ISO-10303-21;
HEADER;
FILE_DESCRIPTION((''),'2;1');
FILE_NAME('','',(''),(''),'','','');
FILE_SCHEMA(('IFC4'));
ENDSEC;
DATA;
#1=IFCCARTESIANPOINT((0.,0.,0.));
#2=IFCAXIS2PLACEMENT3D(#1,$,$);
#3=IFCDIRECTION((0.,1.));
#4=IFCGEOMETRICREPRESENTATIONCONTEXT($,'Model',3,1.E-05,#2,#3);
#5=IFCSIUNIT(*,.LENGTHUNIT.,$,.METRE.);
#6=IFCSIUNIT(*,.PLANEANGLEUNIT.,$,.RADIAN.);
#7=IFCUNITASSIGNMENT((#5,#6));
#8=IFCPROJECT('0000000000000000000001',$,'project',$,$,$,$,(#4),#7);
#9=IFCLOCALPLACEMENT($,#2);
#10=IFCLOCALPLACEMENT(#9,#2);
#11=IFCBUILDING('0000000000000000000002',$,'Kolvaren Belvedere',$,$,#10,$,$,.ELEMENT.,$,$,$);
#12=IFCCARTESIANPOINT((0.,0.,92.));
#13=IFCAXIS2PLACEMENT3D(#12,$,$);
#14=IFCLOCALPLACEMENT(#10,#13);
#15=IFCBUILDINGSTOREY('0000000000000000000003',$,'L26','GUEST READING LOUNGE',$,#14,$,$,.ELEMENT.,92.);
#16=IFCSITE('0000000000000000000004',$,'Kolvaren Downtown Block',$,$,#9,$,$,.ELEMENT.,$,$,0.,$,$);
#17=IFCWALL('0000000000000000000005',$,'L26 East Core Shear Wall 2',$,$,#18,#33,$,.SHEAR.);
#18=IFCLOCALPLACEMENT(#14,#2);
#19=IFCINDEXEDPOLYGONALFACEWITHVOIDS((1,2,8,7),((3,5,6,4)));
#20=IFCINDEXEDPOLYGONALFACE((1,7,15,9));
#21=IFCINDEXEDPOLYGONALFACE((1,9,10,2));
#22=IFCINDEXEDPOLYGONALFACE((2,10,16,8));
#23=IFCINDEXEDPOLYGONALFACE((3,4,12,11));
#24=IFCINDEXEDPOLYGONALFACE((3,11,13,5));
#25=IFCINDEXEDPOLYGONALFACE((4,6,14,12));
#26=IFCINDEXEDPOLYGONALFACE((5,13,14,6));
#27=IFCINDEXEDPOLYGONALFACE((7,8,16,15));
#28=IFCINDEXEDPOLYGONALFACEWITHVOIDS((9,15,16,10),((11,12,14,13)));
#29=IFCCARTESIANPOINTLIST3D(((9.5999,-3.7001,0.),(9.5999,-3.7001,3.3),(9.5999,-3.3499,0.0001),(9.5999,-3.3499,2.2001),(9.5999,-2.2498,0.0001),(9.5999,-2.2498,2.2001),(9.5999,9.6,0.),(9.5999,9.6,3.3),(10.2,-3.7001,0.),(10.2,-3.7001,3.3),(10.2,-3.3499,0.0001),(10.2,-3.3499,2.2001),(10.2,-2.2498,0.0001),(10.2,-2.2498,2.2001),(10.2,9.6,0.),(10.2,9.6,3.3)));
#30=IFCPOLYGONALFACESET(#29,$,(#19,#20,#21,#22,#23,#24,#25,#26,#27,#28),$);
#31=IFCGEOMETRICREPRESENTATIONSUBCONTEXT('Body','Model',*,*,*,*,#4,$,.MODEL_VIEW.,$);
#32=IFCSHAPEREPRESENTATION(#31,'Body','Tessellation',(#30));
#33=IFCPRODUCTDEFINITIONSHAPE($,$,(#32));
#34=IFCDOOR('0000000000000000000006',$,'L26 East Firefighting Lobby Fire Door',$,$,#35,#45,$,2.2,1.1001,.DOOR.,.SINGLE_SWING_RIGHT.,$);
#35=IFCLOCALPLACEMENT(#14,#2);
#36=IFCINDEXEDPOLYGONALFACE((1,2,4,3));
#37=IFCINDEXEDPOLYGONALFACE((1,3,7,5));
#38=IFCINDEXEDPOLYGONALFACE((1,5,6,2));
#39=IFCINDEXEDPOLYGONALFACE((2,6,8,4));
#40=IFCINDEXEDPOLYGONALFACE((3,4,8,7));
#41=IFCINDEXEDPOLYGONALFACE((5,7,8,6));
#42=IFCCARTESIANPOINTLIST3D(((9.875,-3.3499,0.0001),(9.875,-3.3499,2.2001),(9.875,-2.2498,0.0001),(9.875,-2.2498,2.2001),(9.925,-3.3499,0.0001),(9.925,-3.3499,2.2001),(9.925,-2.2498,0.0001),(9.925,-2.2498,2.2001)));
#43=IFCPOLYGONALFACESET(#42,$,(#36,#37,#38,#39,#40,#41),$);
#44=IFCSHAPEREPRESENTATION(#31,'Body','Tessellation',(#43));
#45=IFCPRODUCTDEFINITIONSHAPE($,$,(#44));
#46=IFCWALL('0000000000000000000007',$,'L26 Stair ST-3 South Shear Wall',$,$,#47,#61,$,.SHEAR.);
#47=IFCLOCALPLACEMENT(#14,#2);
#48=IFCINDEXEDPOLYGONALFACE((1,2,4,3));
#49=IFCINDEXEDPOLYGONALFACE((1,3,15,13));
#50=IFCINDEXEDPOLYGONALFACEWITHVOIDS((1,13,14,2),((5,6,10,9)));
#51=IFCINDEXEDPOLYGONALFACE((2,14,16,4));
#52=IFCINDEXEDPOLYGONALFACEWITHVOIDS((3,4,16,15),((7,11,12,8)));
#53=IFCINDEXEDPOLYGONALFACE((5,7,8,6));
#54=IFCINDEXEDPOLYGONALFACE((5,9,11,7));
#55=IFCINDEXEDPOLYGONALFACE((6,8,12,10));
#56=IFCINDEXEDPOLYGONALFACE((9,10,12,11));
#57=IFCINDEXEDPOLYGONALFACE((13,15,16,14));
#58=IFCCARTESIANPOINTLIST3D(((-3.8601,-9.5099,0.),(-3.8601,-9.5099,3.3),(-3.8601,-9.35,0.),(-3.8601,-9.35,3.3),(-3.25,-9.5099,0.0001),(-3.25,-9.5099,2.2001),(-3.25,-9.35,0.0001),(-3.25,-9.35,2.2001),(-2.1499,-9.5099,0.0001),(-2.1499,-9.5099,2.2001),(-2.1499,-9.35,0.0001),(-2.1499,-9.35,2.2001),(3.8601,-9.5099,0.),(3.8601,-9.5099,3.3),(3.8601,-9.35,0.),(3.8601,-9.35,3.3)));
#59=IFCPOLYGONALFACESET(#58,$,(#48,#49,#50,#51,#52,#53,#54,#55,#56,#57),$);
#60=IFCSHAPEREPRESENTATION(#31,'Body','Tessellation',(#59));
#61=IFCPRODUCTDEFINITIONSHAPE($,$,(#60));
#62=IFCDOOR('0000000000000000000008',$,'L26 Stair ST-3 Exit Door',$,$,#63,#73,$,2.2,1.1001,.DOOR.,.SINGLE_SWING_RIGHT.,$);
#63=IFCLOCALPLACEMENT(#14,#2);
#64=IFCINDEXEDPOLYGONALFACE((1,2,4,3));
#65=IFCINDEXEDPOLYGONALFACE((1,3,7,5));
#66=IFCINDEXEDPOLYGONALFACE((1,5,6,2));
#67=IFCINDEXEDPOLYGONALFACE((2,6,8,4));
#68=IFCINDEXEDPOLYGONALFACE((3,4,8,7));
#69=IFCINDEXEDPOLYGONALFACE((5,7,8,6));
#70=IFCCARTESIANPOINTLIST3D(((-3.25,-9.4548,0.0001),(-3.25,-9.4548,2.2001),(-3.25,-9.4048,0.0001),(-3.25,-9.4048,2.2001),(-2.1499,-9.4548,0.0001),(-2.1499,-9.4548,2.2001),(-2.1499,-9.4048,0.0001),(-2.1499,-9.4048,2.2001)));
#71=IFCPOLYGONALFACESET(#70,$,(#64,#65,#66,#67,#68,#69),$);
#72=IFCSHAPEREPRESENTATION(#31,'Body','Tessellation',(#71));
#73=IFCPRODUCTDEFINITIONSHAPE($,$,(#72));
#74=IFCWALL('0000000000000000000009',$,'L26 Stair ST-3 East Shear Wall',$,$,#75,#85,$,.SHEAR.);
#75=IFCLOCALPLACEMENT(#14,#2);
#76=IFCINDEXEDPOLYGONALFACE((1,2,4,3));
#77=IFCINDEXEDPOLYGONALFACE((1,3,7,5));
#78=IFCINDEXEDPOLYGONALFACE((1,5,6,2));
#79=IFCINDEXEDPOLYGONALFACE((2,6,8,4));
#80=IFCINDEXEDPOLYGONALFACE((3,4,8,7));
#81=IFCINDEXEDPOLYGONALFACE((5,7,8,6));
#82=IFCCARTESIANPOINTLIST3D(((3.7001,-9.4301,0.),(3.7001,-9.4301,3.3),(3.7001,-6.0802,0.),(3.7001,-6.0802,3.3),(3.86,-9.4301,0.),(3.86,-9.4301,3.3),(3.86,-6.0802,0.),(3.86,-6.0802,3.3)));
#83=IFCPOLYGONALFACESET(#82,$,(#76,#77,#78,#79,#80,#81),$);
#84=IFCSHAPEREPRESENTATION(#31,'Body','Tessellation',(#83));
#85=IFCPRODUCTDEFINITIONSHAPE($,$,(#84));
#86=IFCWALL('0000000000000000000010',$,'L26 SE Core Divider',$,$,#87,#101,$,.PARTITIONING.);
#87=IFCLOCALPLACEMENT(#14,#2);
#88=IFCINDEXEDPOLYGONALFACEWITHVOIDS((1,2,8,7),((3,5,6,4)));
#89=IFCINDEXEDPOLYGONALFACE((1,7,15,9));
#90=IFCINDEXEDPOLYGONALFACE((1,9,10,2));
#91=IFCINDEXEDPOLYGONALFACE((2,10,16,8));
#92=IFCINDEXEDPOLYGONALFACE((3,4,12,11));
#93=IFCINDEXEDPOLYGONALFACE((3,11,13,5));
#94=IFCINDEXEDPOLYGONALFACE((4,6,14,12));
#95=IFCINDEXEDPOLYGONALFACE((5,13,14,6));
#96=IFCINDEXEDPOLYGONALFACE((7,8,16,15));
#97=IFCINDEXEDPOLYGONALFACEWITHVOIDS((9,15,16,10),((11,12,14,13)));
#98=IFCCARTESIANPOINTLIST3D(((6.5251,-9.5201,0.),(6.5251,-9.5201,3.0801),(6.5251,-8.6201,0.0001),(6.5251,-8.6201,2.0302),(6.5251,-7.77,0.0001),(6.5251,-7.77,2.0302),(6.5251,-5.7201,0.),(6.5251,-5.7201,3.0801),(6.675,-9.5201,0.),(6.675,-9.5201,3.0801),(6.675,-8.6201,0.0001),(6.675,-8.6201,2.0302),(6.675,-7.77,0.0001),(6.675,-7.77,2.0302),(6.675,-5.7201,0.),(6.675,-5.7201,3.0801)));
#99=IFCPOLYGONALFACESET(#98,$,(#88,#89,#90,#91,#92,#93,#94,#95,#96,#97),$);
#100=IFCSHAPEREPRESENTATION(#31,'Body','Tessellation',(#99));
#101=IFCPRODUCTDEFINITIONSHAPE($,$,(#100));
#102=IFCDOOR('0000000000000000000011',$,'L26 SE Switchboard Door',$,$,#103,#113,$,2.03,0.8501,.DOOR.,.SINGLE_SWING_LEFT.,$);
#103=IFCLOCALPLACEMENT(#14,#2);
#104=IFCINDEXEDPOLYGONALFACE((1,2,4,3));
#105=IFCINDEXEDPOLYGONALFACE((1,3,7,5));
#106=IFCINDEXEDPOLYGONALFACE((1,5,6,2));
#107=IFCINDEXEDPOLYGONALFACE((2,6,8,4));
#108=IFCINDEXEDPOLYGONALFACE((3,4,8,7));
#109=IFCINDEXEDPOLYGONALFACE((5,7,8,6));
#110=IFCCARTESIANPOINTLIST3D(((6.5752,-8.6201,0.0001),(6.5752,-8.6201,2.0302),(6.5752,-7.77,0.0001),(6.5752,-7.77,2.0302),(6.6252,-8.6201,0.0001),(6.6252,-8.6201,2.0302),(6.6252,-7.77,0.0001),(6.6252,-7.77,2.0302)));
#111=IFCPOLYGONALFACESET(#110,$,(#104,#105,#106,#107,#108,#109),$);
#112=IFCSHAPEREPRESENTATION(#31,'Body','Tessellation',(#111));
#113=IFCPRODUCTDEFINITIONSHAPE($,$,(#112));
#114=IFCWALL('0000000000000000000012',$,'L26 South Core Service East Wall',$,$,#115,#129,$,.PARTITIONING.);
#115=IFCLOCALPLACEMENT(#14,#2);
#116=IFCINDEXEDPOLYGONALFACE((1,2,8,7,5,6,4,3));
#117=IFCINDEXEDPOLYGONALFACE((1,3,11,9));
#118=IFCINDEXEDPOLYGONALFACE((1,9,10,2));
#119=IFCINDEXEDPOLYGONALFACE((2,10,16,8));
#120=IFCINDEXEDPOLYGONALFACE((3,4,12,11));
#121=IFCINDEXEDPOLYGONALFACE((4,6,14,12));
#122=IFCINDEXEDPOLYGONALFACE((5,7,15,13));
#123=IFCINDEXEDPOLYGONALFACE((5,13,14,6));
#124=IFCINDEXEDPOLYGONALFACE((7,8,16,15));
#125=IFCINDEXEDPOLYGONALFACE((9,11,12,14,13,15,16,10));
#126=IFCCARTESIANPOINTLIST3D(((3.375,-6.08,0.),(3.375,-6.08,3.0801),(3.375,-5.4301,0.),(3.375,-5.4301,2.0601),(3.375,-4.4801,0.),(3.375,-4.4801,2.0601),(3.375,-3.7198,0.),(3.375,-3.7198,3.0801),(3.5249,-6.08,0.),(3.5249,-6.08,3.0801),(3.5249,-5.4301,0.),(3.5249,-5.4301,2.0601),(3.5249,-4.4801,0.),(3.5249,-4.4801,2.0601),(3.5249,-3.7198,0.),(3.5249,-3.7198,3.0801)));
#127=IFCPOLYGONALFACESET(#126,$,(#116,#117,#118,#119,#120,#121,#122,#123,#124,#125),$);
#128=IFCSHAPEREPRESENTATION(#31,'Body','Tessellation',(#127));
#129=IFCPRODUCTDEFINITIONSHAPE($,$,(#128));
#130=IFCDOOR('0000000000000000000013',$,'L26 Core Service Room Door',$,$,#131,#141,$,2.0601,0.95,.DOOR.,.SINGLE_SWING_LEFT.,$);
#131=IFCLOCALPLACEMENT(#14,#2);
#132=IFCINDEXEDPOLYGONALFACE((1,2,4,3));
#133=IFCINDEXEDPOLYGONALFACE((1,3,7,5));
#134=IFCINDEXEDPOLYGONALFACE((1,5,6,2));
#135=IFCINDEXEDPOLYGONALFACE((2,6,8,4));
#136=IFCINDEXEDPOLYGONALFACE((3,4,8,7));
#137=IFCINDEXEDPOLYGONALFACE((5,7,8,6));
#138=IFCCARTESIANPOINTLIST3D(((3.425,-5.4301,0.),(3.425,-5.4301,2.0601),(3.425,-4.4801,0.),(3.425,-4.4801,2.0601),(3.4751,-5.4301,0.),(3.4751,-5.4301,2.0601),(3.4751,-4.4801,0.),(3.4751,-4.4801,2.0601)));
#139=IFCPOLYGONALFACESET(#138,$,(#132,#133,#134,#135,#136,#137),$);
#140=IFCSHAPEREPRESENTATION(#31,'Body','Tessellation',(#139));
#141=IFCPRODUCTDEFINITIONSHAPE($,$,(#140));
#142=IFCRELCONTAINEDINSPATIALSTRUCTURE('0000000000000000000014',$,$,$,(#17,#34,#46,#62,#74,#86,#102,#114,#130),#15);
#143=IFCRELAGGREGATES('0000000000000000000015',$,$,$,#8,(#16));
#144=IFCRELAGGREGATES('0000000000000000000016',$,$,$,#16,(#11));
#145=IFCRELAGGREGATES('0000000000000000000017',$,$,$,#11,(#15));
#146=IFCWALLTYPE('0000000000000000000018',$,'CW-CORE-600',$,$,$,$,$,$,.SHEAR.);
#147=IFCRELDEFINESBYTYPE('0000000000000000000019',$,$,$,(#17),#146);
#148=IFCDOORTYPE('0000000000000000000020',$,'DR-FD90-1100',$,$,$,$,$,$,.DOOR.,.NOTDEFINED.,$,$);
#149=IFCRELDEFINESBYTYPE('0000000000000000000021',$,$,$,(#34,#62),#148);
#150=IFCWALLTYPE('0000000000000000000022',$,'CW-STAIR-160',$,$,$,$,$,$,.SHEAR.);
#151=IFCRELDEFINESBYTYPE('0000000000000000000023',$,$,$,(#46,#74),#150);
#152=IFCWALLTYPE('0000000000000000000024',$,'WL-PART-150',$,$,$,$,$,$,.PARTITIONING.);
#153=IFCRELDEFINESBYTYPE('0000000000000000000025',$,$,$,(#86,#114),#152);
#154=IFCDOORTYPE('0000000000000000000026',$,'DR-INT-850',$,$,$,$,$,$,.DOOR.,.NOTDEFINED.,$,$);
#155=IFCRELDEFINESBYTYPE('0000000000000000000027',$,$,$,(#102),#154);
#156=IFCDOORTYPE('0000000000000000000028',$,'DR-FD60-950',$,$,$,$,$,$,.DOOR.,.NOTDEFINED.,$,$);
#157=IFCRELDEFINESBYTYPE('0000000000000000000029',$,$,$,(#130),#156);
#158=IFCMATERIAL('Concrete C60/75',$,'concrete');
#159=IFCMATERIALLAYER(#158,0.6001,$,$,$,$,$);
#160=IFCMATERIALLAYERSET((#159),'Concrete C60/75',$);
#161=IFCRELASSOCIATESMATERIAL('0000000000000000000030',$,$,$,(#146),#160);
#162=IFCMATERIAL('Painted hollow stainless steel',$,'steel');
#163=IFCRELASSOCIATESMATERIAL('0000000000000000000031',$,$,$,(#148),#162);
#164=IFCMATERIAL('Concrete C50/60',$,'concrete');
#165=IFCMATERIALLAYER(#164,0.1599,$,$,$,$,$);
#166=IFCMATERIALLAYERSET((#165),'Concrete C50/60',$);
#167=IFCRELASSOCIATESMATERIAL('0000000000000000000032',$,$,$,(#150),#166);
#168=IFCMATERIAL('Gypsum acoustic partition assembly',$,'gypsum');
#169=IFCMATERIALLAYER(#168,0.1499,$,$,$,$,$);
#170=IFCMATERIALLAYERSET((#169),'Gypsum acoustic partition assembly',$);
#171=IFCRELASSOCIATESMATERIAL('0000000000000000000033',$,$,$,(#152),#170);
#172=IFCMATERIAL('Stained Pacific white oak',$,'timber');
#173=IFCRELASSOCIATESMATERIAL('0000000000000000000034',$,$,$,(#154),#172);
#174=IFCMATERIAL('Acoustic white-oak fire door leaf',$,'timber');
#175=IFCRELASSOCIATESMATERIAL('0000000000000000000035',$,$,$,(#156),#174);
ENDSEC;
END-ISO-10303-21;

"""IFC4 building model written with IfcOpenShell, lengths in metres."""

from ifc_helpers import new_model, si_unit, direction, frame, frame_2d, origin, place, context, subcontext, project, spatial, rectangle, extrude, material, layer, layer_set, type_object, element, fill, save


model = new_model("IFC4")

# Units and contexts
model_context = context("Model", 3, precision=1e-05, world=origin(), true_north=direction((0.0, 1.0)))
body_context = subcontext(model_context, "Body", "Model", "MODEL_VIEW")
ifc_project = project(units=[si_unit("LENGTHUNIT", "METRE"), si_unit("PLANEANGLEUNIT", "RADIAN")], contexts=[model_context])

# Site, building, storey
site_placement = place(None, origin())
site = spatial("IfcSite", under=ifc_project, at=site_placement, Name="Kolvaren Downtown Block", CompositionType="ELEMENT", RefElevation=0.0)
building_placement = place(site_placement, origin())
building = spatial("IfcBuilding", under=site, at=building_placement, Name="Kolvaren Belvedere", CompositionType="ELEMENT")
storey_placement = place(building_placement, frame((0.0, 0.0, 92.0)))
storey = spatial("IfcBuildingStorey", under=building, at=storey_placement, Name="L26", Description="GUEST READING LOUNGE", CompositionType="ELEMENT", Elevation=92.0)

# Shared definitions
ifc_material_1 = material(Name="Concrete C60/75", Category="concrete")
ifc_layer_1 = layer(ifc_material_1, 0.6001)
ifc_layer_set_1 = layer_set([ifc_layer_1], Name="Concrete C60/75")
wall_type_1 = type_object("IfcWallType", Name="CW-CORE-600", PredefinedType="SHEAR", material=ifc_layer_set_1)

# Walls, openings, doors
wall_1_placement = place(storey_placement, frame((9.8999, -3.7, 0.0), z_axis=(0.0, 0.0, 1.0), x_axis=(0.0, 1.0, 0.0)))
wall_1 = element("IfcWall", 1, at=wall_1_placement, inside=storey, type_object=wall_type_1, Name="L26 East Core Shear Wall 2", PredefinedType="SHEAR", context=body_context, shape_type="SweptSolid", body=[
    extrude(rectangle(XDim=13.3, YDim=0.6001, at=frame_2d((6.6499, 0.0))), origin(), (0.0, 0.0, 1.0), 3.3),
])
opening_1_placement = place(wall_1_placement, frame((0.3501, 0.0, 0.0)))
opening_1 = element("IfcOpeningElement", 2, at=opening_1_placement, cuts=wall_1, PredefinedType="OPENING", context=body_context, shape_type="SweptSolid", body=[
    extrude(rectangle(XDim=1.1001, YDim=2.2, at=frame_2d((0.55, 1.1001))), frame((0.0, 0.3101, 0.0), z_axis=(0.0, -1.0, 0.0), x_axis=(1.0, 0.0, 0.0)), (0.0, 0.0, 1.0), 0.6201),
])
ifc_material_2 = material(Name="Painted hollow stainless steel", Category="steel")
door_type_1 = type_object("IfcDoorType", Name="DR-FD90-1100", OperationType="NOTDEFINED", PredefinedType="DOOR", material=ifc_material_2)
door_1_placement = place(opening_1_placement, origin())
door_1 = element("IfcDoor", 3, at=door_1_placement, inside=storey, type_object=door_type_1, Name="L26 East Firefighting Lobby Fire Door", OperationType="SINGLE_SWING_RIGHT", OverallHeight=2.2, OverallWidth=1.1001, PredefinedType="DOOR", context=body_context, shape_type="SweptSolid", body=[
    extrude(rectangle(XDim=1.1001, YDim=2.2, at=frame_2d((0.55, 1.1001))), frame((0.0, 0.0249, 0.0), z_axis=(0.0, -1.0, 0.0), x_axis=(1.0, 0.0, 0.0)), (0.0, 0.0, 1.0), 0.05),
])
fill(opening_1, door_1)
ifc_material_3 = material(Name="Concrete C50/60", Category="concrete")
ifc_layer_2 = layer(ifc_material_3, 0.1599)
ifc_layer_set_2 = layer_set([ifc_layer_2], Name="Concrete C50/60")
wall_type_2 = type_object("IfcWallType", Name="CW-STAIR-160", PredefinedType="SHEAR", material=ifc_layer_set_2)
wall_2_placement = place(storey_placement, frame((3.8601, -9.4299, 0.0), z_axis=(0.0, 0.0, 1.0), x_axis=(-1.0, 0.0, 0.0)))
wall_2 = element("IfcWall", 4, at=wall_2_placement, inside=storey, type_object=wall_type_2, Name="L26 Stair ST-3 South Shear Wall", PredefinedType="SHEAR", context=body_context, shape_type="SweptSolid", body=[
    extrude(rectangle(XDim=7.7202, YDim=0.1599, at=frame_2d((3.8601, 0.0))), origin(), (0.0, 0.0, 1.0), 3.3),
])
opening_2_placement = place(wall_2_placement, frame((6.01, 0.0, 0.0)))
opening_2 = element("IfcOpeningElement", 5, at=opening_2_placement, cuts=wall_2, PredefinedType="OPENING", context=body_context, shape_type="SweptSolid", body=[
    extrude(rectangle(XDim=1.1001, YDim=2.2, at=frame_2d((0.55, 1.1001))), frame((0.0, 0.0898, 0.0), z_axis=(0.0, -1.0, 0.0), x_axis=(1.0, 0.0, 0.0)), (0.0, 0.0, 1.0), 0.1799),
])
door_2_placement = place(opening_2_placement, origin())
door_2 = element("IfcDoor", 6, at=door_2_placement, inside=storey, type_object=door_type_1, Name="L26 Stair ST-3 Exit Door", OperationType="SINGLE_SWING_RIGHT", OverallHeight=2.2, OverallWidth=1.1001, PredefinedType="DOOR", context=body_context, shape_type="SweptSolid", body=[
    extrude(rectangle(XDim=1.1001, YDim=2.2, at=frame_2d((0.55, 1.1001))), frame((0.0, 0.0249, 0.0), z_axis=(0.0, -1.0, 0.0), x_axis=(1.0, 0.0, 0.0)), (0.0, 0.0, 1.0), 0.05),
])
fill(opening_2, door_2)

# Wall
wall_3_placement = place(storey_placement, frame((3.78, -9.4299, 0.0), z_axis=(0.0, 0.0, 1.0), x_axis=(0.0, 1.0, 0.0)))
element("IfcWall", 7, at=wall_3_placement, inside=storey, type_object=wall_type_2, Name="L26 Stair ST-3 East Shear Wall", PredefinedType="SHEAR", context=body_context, shape_type="SweptSolid", body=[
    extrude(rectangle(XDim=3.3499, YDim=0.1599, at=frame_2d((1.6748, 0.0))), origin(), (0.0, 0.0, 1.0), 3.3),
])

# Walls, openings, doors
ifc_material_4 = material(Name="Gypsum acoustic partition assembly", Category="gypsum")
ifc_layer_3 = layer(ifc_material_4, 0.1499)
ifc_layer_set_3 = layer_set([ifc_layer_3], Name="Gypsum acoustic partition assembly")
wall_type_3 = type_object("IfcWallType", Name="WL-PART-150", PredefinedType="PARTITIONING", material=ifc_layer_set_3)
wall_4_placement = place(storey_placement, frame((6.6001, -9.52, 0.0), z_axis=(0.0, 0.0, 1.0), x_axis=(0.0, 1.0, 0.0)))
wall_4 = element("IfcWall", 8, at=wall_4_placement, inside=storey, type_object=wall_type_3, Name="L26 SE Core Divider", PredefinedType="PARTITIONING", context=body_context, shape_type="SweptSolid", body=[
    extrude(rectangle(XDim=3.8, YDim=0.1499, at=frame_2d((1.8999, 0.0))), origin(), (0.0, 0.0, 1.0), 3.0801),
])
opening_3_placement = place(wall_4_placement, frame((0.8999, 0.0, 0.0)))
opening_3 = element("IfcOpeningElement", 9, at=opening_3_placement, cuts=wall_4, PredefinedType="OPENING", context=body_context, shape_type="SweptSolid", body=[
    extrude(rectangle(XDim=0.8501, YDim=2.03, at=frame_2d((0.425, 1.0151))), frame((0.0, 0.085, 0.0), z_axis=(0.0, -1.0, 0.0), x_axis=(1.0, 0.0, 0.0)), (0.0, 0.0, 1.0), 0.1699),
])
ifc_material_5 = material(Name="Stained Pacific white oak", Category="timber")
door_type_2 = type_object("IfcDoorType", Name="DR-INT-850", OperationType="NOTDEFINED", PredefinedType="DOOR", material=ifc_material_5)
door_3_placement = place(opening_3_placement, origin())
door_3 = element("IfcDoor", 10, at=door_3_placement, inside=storey, type_object=door_type_2, Name="L26 SE Switchboard Door", OperationType="SINGLE_SWING_LEFT", OverallHeight=2.03, OverallWidth=0.8501, PredefinedType="DOOR", context=body_context, shape_type="SweptSolid", body=[
    extrude(rectangle(XDim=0.8501, YDim=2.03, at=frame_2d((0.425, 1.0151))), frame((0.0, 0.0249, 0.0), z_axis=(0.0, -1.0, 0.0), x_axis=(1.0, 0.0, 0.0)), (0.0, 0.0, 1.0), 0.05),
])
fill(opening_3, door_3)
wall_5_placement = place(storey_placement, frame((3.45, -6.0801, 0.0), z_axis=(0.0, 0.0, 1.0), x_axis=(0.0, 1.0, 0.0)))
wall_5 = element("IfcWall", 11, at=wall_5_placement, inside=storey, type_object=wall_type_3, Name="L26 South Core Service East Wall", PredefinedType="PARTITIONING", context=body_context, shape_type="SweptSolid", body=[
    extrude(rectangle(XDim=2.3601, YDim=0.1499, at=frame_2d((1.1802, 0.0))), origin(), (0.0, 0.0, 1.0), 3.0801),
])
opening_4_placement = place(wall_5_placement, frame((0.6499, 0.0, 0.0)))
opening_4 = element("IfcOpeningElement", 12, at=opening_4_placement, cuts=wall_5, PredefinedType="OPENING", context=body_context, shape_type="SweptSolid", body=[
    extrude(rectangle(XDim=0.95, YDim=2.0601, at=frame_2d((0.4751, 1.03))), frame((0.0, 0.085, 0.0), z_axis=(0.0, -1.0, 0.0), x_axis=(1.0, 0.0, 0.0)), (0.0, 0.0, 1.0), 0.1699),
])
ifc_material_6 = material(Name="Acoustic white-oak fire door leaf", Category="timber")
door_type_3 = type_object("IfcDoorType", Name="DR-FD60-950", OperationType="NOTDEFINED", PredefinedType="DOOR", material=ifc_material_6)
door_4_placement = place(opening_4_placement, origin())
door_4 = element("IfcDoor", 13, at=door_4_placement, inside=storey, type_object=door_type_3, Name="L26 Core Service Room Door", OperationType="SINGLE_SWING_LEFT", OverallHeight=2.0601, OverallWidth=0.95, PredefinedType="DOOR", context=body_context, shape_type="SweptSolid", body=[
    extrude(rectangle(XDim=0.95, YDim=2.0601, at=frame_2d((0.4751, 1.03))), frame((0.0, 0.0249, 0.0), z_axis=(0.0, -1.0, 0.0), x_axis=(1.0, 0.0, 0.0)), (0.0, 0.0, 1.0), 0.05),
])
fill(opening_4, door_4)

save(model, "model.ifc")
